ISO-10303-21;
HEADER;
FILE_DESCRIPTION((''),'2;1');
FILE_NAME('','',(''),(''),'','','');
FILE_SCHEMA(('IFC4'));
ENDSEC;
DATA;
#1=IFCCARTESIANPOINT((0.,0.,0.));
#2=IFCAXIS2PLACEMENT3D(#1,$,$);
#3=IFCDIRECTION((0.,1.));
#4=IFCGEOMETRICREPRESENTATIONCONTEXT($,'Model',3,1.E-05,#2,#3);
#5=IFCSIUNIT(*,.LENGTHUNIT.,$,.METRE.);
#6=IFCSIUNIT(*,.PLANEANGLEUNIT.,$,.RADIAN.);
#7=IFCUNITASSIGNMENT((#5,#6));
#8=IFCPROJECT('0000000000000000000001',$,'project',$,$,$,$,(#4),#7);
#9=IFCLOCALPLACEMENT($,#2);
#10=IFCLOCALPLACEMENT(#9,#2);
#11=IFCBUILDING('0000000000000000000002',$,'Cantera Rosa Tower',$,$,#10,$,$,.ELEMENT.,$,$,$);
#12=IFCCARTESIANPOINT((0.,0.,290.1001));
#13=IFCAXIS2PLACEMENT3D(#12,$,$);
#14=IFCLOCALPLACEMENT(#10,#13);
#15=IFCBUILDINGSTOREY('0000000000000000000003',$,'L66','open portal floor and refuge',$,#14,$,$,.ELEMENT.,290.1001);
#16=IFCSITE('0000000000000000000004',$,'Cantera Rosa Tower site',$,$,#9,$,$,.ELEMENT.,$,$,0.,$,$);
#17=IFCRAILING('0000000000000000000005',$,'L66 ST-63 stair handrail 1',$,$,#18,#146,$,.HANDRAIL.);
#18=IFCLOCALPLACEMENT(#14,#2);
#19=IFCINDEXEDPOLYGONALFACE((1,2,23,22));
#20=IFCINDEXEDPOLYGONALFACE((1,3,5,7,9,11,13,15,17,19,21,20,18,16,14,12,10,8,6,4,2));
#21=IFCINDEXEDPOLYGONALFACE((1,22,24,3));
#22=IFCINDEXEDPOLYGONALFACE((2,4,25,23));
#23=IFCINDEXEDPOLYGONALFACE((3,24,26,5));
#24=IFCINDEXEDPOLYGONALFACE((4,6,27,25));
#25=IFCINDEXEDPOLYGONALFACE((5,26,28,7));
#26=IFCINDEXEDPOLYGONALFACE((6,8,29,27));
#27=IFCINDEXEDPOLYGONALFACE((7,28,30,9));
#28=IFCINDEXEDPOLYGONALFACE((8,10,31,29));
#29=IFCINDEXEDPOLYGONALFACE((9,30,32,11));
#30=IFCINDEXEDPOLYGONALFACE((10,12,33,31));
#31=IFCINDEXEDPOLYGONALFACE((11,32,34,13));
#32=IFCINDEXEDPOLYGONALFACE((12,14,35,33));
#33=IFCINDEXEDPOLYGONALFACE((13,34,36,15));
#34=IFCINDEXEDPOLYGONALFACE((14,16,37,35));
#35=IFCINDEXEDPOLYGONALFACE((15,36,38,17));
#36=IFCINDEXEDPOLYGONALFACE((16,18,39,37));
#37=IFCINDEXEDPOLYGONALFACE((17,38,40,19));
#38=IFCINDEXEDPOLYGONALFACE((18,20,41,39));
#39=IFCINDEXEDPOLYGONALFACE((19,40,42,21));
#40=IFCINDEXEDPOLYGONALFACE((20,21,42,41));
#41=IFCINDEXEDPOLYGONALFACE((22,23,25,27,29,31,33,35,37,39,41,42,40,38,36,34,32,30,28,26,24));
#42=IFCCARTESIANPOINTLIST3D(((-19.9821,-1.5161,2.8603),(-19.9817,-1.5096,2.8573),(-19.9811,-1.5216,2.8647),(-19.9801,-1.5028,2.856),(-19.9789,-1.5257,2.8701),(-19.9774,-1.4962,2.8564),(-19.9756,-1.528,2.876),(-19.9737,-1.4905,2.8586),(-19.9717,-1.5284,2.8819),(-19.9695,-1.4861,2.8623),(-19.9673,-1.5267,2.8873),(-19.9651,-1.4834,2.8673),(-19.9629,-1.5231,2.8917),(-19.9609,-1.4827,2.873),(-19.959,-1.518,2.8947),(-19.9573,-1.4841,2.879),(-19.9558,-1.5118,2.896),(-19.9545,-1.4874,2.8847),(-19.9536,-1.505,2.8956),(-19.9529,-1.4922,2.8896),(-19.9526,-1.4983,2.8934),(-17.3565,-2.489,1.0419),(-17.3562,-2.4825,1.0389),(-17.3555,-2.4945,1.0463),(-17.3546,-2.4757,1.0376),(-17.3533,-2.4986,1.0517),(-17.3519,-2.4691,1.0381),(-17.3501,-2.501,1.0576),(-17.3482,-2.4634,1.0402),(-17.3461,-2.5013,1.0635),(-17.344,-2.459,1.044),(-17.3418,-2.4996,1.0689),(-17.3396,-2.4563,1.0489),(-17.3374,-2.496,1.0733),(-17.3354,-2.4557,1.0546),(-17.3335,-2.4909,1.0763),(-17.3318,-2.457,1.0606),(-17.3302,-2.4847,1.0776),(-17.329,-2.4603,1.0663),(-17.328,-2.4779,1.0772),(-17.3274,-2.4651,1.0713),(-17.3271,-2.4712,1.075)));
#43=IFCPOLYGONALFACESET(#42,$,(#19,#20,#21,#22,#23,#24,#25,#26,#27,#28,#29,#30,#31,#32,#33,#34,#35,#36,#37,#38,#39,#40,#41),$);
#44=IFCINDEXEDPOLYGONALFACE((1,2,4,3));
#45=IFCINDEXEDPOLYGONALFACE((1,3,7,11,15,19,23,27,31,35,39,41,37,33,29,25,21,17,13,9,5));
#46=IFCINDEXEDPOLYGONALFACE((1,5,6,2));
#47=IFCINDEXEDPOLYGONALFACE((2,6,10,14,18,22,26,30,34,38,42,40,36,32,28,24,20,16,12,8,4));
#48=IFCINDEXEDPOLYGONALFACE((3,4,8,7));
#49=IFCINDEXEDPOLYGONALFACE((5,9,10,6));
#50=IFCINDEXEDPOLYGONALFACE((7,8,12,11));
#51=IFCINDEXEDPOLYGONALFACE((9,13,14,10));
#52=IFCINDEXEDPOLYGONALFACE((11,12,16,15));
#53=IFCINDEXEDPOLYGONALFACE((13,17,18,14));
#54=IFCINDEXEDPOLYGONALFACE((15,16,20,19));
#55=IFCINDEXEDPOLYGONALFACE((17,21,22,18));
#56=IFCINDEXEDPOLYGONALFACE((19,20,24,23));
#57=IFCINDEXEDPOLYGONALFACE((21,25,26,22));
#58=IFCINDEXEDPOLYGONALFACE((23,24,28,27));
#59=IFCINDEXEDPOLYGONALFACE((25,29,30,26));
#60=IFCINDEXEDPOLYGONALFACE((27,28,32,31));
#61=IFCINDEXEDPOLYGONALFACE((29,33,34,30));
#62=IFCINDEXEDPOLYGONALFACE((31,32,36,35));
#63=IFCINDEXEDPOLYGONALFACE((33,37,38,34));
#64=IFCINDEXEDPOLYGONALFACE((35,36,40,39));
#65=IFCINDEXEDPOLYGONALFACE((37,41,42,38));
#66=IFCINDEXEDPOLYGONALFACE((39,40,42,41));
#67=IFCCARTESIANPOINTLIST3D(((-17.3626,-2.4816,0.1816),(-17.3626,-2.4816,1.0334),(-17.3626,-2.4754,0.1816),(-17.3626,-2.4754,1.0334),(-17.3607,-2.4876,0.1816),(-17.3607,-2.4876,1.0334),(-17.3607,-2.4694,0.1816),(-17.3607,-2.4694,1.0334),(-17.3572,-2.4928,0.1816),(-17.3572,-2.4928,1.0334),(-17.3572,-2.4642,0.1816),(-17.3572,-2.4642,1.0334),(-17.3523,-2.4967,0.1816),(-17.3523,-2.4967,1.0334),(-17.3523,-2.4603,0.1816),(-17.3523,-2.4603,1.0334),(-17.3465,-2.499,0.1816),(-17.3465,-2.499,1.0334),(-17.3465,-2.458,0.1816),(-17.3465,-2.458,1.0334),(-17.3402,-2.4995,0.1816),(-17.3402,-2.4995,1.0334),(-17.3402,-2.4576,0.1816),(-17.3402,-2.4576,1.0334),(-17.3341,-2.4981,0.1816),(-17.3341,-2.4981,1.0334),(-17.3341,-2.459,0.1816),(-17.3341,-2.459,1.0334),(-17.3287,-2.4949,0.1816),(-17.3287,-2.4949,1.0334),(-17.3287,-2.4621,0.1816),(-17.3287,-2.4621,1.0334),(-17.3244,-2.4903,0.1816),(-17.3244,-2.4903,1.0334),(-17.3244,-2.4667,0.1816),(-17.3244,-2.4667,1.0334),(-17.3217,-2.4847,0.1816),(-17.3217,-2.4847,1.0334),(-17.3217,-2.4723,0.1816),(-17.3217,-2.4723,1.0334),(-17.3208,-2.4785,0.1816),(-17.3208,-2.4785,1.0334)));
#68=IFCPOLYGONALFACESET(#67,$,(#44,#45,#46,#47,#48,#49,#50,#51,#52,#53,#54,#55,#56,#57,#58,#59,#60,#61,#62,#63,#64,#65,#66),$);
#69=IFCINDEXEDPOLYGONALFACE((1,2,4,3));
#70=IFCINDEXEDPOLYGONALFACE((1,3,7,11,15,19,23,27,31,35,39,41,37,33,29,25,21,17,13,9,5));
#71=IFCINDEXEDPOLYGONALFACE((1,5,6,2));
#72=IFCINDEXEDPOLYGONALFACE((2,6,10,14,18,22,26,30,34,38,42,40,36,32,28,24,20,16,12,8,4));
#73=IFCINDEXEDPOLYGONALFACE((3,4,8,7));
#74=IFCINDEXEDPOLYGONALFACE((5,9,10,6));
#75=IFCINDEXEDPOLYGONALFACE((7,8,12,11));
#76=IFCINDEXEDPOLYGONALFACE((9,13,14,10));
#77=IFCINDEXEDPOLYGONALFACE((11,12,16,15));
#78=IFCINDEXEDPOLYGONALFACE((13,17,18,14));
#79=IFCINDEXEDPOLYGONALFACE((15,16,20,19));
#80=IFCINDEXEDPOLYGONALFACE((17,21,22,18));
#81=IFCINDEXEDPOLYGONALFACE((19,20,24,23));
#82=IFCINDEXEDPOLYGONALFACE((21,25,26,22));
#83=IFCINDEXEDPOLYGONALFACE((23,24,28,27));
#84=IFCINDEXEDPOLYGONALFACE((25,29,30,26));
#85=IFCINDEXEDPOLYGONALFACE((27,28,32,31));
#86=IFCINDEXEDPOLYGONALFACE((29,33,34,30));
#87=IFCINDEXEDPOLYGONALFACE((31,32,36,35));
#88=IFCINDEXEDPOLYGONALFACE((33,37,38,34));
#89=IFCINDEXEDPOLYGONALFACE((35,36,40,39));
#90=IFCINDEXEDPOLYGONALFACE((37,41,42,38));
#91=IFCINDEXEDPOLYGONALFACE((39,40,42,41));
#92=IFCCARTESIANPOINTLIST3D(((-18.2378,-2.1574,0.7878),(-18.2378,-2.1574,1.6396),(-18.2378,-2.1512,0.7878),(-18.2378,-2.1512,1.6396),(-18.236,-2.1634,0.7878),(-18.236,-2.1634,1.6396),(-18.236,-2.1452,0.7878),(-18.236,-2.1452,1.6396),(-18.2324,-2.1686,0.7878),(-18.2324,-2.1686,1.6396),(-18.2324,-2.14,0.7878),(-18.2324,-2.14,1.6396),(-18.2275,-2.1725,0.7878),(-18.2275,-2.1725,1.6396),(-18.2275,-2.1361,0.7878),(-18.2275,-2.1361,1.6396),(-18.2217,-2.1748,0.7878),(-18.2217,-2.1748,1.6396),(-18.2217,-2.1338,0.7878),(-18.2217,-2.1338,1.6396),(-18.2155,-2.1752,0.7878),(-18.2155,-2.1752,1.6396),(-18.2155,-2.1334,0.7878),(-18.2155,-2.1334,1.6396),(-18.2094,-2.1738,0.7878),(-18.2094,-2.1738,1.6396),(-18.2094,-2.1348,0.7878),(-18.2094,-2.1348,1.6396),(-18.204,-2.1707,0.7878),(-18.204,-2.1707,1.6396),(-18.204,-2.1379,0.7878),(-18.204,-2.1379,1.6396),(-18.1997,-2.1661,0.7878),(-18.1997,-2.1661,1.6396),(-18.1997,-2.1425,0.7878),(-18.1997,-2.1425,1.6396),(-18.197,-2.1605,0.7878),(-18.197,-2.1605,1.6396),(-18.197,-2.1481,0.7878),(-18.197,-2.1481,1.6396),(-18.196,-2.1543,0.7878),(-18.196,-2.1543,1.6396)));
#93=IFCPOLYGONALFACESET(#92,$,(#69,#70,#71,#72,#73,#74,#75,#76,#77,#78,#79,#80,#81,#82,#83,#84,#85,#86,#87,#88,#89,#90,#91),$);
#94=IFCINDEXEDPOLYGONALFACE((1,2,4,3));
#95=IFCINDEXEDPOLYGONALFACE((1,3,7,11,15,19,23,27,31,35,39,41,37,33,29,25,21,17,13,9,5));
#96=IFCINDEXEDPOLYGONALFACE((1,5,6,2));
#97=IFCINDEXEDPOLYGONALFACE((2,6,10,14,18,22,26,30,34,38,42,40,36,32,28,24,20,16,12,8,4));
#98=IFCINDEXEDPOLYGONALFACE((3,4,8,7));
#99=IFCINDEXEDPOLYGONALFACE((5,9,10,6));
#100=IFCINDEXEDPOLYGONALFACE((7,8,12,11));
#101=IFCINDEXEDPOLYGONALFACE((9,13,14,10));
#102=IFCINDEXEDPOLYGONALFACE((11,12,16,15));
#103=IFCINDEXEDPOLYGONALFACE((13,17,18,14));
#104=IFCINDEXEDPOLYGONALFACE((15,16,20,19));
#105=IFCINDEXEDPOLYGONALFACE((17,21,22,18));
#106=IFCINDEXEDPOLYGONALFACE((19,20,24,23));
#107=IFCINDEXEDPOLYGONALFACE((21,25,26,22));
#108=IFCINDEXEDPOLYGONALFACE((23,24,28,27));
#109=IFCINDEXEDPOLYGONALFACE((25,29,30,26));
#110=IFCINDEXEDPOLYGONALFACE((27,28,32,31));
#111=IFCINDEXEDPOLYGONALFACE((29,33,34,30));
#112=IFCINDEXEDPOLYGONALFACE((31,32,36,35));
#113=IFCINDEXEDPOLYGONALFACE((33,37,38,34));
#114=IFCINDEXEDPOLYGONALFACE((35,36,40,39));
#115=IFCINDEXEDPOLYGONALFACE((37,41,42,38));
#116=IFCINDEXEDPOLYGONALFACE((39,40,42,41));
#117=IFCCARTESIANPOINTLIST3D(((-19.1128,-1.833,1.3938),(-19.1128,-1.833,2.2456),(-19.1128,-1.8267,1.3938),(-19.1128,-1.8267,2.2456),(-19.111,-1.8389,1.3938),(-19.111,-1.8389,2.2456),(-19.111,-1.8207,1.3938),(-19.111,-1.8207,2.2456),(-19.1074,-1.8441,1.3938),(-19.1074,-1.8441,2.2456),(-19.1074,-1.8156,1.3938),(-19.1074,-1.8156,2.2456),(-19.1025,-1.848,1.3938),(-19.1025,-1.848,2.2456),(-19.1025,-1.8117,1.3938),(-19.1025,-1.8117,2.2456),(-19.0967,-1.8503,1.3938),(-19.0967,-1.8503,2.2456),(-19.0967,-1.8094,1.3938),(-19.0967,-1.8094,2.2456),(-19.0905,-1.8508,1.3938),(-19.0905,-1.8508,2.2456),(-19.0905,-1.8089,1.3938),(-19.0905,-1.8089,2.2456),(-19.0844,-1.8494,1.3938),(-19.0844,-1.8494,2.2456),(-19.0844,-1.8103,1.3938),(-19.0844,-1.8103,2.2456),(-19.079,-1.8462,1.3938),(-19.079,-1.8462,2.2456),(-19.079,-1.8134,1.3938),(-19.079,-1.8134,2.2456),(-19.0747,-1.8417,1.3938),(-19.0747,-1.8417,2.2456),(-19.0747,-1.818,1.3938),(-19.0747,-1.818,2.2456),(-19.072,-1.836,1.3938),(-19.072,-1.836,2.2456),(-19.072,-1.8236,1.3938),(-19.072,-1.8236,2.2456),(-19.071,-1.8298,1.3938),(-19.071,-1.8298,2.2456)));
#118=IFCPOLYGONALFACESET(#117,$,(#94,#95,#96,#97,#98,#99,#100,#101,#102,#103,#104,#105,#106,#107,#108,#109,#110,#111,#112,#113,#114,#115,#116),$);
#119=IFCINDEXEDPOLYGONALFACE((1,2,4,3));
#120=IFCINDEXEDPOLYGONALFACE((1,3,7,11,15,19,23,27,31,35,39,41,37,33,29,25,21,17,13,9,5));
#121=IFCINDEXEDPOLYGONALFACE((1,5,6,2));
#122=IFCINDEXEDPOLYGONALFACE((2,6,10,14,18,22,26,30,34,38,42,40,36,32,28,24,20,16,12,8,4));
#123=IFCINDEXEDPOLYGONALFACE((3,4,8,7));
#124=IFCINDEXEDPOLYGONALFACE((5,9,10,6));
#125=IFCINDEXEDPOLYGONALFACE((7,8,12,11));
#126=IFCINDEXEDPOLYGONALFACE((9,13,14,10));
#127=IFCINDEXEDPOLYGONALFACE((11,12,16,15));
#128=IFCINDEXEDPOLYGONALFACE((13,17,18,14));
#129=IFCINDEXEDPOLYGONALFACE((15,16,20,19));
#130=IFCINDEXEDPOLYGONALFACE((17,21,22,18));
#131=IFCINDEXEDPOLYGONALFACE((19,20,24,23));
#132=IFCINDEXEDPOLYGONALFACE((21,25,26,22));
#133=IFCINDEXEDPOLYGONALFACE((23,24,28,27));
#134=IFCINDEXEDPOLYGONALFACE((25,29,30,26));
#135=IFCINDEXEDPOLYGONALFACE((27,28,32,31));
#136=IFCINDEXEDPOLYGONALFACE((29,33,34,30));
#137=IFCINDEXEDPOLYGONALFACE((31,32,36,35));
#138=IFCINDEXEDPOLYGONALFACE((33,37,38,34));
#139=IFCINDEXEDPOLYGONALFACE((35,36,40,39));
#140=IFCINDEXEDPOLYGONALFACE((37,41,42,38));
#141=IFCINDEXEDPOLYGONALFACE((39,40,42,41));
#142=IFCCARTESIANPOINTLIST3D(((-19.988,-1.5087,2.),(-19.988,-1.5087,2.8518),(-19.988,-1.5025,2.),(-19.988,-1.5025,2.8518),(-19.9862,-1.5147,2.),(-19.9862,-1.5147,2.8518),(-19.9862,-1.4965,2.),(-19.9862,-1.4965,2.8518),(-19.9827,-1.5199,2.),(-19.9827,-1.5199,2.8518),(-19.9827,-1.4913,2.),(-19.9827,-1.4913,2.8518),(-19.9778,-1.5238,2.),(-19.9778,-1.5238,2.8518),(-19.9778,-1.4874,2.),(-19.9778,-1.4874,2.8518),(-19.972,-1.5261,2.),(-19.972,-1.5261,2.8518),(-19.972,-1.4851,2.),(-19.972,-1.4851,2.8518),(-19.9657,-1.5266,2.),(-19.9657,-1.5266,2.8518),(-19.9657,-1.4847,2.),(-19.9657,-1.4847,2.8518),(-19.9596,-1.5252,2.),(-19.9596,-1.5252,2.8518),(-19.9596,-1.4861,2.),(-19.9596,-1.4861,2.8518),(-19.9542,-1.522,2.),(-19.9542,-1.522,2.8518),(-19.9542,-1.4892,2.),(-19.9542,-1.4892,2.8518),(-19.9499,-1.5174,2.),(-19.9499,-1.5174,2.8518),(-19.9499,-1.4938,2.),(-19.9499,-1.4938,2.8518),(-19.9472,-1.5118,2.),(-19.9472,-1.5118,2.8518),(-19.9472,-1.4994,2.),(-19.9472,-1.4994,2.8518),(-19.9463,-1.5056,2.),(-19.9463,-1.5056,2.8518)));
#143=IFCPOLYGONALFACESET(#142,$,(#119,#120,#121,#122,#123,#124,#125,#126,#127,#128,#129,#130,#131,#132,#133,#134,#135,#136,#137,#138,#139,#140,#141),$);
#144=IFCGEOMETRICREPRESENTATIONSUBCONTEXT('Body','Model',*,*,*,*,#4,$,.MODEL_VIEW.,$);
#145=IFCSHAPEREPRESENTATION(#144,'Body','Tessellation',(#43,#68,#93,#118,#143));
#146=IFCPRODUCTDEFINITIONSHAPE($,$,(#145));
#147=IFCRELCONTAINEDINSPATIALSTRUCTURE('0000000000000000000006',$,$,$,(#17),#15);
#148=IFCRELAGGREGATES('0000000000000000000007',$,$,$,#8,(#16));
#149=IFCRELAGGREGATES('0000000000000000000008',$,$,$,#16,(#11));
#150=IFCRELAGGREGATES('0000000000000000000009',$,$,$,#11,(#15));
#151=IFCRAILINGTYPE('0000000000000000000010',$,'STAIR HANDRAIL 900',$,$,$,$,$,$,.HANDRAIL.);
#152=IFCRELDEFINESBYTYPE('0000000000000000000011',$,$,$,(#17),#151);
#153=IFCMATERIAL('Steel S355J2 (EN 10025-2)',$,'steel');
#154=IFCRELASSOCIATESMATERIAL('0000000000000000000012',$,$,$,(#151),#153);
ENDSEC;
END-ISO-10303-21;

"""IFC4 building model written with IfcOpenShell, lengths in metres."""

from ifc_helpers import new_model, si_unit, direction, frame, origin, origin_2d, place, context, subcontext, project, spatial, circle, extrude, material, type_object, element, save


model = new_model("IFC4")

# Units and contexts
model_context = context("Model", 3, precision=1e-05, world=origin(), true_north=direction((0.0, 1.0)))
body_context = subcontext(model_context, "Body", "Model", "MODEL_VIEW")
ifc_project = project(units=[si_unit("LENGTHUNIT", "METRE"), si_unit("PLANEANGLEUNIT", "RADIAN")], contexts=[model_context])

# Site, building, storey
site_placement = place(None, origin())
site = spatial("IfcSite", under=ifc_project, at=site_placement, Name="Cantera Rosa Tower site", CompositionType="ELEMENT", RefElevation=0.0)
building_placement = place(site_placement, origin())
building = spatial("IfcBuilding", under=site, at=building_placement, Name="Cantera Rosa Tower", CompositionType="ELEMENT")
storey_placement = place(building_placement, frame((0.0, 0.0, 290.1001)))
storey = spatial("IfcBuildingStorey", under=building, at=storey_placement, Name="L66", Description="open portal floor and refuge", CompositionType="ELEMENT", Elevation=290.1001)

# Railing
ifc_material_1 = material(Name="Steel S355J2 (EN 10025-2)", Category="steel")
railing_type_1 = type_object("IfcRailingType", Name="STAIR HANDRAIL 900", PredefinedType="HANDRAIL", material=ifc_material_1)
railing_1_placement = place(storey_placement, frame((-17.3418, -2.4785, 0.1816)))
element("IfcRailing", 1, at=railing_1_placement, inside=storey, type_object=railing_type_1, Name="L66 ST-63 stair handrail 1", PredefinedType="HANDRAIL", context=body_context, shape_type="SweptSolid", body=[
    extrude(circle(Radius=0.0239, at=origin_2d()), frame((0.0, 0.0, 0.876), z_axis=(-0.786407, 0.291411, 0.54465), x_axis=(-0.347471, -0.937691, 0.0)), (0.0, 0.0, 1.0), 3.3386),
    extrude(circle(Radius=0.021, at=origin_2d()), origin(), (0.0, 0.0, 1.0), 0.8518),
    extrude(circle(Radius=0.021, at=origin_2d()), frame((-0.8752, 0.3242, 0.6062)), (0.0, 0.0, 1.0), 0.8518),
    extrude(circle(Radius=0.021, at=origin_2d()), frame((-1.7502, 0.6487, 1.2122)), (0.0, 0.0, 1.0), 0.8518),
    extrude(circle(Radius=0.021, at=origin_2d()), frame((-2.6255, 0.9729, 1.8184)), (0.0, 0.0, 1.0), 0.8518),
])

save(model, "model.ifc")
